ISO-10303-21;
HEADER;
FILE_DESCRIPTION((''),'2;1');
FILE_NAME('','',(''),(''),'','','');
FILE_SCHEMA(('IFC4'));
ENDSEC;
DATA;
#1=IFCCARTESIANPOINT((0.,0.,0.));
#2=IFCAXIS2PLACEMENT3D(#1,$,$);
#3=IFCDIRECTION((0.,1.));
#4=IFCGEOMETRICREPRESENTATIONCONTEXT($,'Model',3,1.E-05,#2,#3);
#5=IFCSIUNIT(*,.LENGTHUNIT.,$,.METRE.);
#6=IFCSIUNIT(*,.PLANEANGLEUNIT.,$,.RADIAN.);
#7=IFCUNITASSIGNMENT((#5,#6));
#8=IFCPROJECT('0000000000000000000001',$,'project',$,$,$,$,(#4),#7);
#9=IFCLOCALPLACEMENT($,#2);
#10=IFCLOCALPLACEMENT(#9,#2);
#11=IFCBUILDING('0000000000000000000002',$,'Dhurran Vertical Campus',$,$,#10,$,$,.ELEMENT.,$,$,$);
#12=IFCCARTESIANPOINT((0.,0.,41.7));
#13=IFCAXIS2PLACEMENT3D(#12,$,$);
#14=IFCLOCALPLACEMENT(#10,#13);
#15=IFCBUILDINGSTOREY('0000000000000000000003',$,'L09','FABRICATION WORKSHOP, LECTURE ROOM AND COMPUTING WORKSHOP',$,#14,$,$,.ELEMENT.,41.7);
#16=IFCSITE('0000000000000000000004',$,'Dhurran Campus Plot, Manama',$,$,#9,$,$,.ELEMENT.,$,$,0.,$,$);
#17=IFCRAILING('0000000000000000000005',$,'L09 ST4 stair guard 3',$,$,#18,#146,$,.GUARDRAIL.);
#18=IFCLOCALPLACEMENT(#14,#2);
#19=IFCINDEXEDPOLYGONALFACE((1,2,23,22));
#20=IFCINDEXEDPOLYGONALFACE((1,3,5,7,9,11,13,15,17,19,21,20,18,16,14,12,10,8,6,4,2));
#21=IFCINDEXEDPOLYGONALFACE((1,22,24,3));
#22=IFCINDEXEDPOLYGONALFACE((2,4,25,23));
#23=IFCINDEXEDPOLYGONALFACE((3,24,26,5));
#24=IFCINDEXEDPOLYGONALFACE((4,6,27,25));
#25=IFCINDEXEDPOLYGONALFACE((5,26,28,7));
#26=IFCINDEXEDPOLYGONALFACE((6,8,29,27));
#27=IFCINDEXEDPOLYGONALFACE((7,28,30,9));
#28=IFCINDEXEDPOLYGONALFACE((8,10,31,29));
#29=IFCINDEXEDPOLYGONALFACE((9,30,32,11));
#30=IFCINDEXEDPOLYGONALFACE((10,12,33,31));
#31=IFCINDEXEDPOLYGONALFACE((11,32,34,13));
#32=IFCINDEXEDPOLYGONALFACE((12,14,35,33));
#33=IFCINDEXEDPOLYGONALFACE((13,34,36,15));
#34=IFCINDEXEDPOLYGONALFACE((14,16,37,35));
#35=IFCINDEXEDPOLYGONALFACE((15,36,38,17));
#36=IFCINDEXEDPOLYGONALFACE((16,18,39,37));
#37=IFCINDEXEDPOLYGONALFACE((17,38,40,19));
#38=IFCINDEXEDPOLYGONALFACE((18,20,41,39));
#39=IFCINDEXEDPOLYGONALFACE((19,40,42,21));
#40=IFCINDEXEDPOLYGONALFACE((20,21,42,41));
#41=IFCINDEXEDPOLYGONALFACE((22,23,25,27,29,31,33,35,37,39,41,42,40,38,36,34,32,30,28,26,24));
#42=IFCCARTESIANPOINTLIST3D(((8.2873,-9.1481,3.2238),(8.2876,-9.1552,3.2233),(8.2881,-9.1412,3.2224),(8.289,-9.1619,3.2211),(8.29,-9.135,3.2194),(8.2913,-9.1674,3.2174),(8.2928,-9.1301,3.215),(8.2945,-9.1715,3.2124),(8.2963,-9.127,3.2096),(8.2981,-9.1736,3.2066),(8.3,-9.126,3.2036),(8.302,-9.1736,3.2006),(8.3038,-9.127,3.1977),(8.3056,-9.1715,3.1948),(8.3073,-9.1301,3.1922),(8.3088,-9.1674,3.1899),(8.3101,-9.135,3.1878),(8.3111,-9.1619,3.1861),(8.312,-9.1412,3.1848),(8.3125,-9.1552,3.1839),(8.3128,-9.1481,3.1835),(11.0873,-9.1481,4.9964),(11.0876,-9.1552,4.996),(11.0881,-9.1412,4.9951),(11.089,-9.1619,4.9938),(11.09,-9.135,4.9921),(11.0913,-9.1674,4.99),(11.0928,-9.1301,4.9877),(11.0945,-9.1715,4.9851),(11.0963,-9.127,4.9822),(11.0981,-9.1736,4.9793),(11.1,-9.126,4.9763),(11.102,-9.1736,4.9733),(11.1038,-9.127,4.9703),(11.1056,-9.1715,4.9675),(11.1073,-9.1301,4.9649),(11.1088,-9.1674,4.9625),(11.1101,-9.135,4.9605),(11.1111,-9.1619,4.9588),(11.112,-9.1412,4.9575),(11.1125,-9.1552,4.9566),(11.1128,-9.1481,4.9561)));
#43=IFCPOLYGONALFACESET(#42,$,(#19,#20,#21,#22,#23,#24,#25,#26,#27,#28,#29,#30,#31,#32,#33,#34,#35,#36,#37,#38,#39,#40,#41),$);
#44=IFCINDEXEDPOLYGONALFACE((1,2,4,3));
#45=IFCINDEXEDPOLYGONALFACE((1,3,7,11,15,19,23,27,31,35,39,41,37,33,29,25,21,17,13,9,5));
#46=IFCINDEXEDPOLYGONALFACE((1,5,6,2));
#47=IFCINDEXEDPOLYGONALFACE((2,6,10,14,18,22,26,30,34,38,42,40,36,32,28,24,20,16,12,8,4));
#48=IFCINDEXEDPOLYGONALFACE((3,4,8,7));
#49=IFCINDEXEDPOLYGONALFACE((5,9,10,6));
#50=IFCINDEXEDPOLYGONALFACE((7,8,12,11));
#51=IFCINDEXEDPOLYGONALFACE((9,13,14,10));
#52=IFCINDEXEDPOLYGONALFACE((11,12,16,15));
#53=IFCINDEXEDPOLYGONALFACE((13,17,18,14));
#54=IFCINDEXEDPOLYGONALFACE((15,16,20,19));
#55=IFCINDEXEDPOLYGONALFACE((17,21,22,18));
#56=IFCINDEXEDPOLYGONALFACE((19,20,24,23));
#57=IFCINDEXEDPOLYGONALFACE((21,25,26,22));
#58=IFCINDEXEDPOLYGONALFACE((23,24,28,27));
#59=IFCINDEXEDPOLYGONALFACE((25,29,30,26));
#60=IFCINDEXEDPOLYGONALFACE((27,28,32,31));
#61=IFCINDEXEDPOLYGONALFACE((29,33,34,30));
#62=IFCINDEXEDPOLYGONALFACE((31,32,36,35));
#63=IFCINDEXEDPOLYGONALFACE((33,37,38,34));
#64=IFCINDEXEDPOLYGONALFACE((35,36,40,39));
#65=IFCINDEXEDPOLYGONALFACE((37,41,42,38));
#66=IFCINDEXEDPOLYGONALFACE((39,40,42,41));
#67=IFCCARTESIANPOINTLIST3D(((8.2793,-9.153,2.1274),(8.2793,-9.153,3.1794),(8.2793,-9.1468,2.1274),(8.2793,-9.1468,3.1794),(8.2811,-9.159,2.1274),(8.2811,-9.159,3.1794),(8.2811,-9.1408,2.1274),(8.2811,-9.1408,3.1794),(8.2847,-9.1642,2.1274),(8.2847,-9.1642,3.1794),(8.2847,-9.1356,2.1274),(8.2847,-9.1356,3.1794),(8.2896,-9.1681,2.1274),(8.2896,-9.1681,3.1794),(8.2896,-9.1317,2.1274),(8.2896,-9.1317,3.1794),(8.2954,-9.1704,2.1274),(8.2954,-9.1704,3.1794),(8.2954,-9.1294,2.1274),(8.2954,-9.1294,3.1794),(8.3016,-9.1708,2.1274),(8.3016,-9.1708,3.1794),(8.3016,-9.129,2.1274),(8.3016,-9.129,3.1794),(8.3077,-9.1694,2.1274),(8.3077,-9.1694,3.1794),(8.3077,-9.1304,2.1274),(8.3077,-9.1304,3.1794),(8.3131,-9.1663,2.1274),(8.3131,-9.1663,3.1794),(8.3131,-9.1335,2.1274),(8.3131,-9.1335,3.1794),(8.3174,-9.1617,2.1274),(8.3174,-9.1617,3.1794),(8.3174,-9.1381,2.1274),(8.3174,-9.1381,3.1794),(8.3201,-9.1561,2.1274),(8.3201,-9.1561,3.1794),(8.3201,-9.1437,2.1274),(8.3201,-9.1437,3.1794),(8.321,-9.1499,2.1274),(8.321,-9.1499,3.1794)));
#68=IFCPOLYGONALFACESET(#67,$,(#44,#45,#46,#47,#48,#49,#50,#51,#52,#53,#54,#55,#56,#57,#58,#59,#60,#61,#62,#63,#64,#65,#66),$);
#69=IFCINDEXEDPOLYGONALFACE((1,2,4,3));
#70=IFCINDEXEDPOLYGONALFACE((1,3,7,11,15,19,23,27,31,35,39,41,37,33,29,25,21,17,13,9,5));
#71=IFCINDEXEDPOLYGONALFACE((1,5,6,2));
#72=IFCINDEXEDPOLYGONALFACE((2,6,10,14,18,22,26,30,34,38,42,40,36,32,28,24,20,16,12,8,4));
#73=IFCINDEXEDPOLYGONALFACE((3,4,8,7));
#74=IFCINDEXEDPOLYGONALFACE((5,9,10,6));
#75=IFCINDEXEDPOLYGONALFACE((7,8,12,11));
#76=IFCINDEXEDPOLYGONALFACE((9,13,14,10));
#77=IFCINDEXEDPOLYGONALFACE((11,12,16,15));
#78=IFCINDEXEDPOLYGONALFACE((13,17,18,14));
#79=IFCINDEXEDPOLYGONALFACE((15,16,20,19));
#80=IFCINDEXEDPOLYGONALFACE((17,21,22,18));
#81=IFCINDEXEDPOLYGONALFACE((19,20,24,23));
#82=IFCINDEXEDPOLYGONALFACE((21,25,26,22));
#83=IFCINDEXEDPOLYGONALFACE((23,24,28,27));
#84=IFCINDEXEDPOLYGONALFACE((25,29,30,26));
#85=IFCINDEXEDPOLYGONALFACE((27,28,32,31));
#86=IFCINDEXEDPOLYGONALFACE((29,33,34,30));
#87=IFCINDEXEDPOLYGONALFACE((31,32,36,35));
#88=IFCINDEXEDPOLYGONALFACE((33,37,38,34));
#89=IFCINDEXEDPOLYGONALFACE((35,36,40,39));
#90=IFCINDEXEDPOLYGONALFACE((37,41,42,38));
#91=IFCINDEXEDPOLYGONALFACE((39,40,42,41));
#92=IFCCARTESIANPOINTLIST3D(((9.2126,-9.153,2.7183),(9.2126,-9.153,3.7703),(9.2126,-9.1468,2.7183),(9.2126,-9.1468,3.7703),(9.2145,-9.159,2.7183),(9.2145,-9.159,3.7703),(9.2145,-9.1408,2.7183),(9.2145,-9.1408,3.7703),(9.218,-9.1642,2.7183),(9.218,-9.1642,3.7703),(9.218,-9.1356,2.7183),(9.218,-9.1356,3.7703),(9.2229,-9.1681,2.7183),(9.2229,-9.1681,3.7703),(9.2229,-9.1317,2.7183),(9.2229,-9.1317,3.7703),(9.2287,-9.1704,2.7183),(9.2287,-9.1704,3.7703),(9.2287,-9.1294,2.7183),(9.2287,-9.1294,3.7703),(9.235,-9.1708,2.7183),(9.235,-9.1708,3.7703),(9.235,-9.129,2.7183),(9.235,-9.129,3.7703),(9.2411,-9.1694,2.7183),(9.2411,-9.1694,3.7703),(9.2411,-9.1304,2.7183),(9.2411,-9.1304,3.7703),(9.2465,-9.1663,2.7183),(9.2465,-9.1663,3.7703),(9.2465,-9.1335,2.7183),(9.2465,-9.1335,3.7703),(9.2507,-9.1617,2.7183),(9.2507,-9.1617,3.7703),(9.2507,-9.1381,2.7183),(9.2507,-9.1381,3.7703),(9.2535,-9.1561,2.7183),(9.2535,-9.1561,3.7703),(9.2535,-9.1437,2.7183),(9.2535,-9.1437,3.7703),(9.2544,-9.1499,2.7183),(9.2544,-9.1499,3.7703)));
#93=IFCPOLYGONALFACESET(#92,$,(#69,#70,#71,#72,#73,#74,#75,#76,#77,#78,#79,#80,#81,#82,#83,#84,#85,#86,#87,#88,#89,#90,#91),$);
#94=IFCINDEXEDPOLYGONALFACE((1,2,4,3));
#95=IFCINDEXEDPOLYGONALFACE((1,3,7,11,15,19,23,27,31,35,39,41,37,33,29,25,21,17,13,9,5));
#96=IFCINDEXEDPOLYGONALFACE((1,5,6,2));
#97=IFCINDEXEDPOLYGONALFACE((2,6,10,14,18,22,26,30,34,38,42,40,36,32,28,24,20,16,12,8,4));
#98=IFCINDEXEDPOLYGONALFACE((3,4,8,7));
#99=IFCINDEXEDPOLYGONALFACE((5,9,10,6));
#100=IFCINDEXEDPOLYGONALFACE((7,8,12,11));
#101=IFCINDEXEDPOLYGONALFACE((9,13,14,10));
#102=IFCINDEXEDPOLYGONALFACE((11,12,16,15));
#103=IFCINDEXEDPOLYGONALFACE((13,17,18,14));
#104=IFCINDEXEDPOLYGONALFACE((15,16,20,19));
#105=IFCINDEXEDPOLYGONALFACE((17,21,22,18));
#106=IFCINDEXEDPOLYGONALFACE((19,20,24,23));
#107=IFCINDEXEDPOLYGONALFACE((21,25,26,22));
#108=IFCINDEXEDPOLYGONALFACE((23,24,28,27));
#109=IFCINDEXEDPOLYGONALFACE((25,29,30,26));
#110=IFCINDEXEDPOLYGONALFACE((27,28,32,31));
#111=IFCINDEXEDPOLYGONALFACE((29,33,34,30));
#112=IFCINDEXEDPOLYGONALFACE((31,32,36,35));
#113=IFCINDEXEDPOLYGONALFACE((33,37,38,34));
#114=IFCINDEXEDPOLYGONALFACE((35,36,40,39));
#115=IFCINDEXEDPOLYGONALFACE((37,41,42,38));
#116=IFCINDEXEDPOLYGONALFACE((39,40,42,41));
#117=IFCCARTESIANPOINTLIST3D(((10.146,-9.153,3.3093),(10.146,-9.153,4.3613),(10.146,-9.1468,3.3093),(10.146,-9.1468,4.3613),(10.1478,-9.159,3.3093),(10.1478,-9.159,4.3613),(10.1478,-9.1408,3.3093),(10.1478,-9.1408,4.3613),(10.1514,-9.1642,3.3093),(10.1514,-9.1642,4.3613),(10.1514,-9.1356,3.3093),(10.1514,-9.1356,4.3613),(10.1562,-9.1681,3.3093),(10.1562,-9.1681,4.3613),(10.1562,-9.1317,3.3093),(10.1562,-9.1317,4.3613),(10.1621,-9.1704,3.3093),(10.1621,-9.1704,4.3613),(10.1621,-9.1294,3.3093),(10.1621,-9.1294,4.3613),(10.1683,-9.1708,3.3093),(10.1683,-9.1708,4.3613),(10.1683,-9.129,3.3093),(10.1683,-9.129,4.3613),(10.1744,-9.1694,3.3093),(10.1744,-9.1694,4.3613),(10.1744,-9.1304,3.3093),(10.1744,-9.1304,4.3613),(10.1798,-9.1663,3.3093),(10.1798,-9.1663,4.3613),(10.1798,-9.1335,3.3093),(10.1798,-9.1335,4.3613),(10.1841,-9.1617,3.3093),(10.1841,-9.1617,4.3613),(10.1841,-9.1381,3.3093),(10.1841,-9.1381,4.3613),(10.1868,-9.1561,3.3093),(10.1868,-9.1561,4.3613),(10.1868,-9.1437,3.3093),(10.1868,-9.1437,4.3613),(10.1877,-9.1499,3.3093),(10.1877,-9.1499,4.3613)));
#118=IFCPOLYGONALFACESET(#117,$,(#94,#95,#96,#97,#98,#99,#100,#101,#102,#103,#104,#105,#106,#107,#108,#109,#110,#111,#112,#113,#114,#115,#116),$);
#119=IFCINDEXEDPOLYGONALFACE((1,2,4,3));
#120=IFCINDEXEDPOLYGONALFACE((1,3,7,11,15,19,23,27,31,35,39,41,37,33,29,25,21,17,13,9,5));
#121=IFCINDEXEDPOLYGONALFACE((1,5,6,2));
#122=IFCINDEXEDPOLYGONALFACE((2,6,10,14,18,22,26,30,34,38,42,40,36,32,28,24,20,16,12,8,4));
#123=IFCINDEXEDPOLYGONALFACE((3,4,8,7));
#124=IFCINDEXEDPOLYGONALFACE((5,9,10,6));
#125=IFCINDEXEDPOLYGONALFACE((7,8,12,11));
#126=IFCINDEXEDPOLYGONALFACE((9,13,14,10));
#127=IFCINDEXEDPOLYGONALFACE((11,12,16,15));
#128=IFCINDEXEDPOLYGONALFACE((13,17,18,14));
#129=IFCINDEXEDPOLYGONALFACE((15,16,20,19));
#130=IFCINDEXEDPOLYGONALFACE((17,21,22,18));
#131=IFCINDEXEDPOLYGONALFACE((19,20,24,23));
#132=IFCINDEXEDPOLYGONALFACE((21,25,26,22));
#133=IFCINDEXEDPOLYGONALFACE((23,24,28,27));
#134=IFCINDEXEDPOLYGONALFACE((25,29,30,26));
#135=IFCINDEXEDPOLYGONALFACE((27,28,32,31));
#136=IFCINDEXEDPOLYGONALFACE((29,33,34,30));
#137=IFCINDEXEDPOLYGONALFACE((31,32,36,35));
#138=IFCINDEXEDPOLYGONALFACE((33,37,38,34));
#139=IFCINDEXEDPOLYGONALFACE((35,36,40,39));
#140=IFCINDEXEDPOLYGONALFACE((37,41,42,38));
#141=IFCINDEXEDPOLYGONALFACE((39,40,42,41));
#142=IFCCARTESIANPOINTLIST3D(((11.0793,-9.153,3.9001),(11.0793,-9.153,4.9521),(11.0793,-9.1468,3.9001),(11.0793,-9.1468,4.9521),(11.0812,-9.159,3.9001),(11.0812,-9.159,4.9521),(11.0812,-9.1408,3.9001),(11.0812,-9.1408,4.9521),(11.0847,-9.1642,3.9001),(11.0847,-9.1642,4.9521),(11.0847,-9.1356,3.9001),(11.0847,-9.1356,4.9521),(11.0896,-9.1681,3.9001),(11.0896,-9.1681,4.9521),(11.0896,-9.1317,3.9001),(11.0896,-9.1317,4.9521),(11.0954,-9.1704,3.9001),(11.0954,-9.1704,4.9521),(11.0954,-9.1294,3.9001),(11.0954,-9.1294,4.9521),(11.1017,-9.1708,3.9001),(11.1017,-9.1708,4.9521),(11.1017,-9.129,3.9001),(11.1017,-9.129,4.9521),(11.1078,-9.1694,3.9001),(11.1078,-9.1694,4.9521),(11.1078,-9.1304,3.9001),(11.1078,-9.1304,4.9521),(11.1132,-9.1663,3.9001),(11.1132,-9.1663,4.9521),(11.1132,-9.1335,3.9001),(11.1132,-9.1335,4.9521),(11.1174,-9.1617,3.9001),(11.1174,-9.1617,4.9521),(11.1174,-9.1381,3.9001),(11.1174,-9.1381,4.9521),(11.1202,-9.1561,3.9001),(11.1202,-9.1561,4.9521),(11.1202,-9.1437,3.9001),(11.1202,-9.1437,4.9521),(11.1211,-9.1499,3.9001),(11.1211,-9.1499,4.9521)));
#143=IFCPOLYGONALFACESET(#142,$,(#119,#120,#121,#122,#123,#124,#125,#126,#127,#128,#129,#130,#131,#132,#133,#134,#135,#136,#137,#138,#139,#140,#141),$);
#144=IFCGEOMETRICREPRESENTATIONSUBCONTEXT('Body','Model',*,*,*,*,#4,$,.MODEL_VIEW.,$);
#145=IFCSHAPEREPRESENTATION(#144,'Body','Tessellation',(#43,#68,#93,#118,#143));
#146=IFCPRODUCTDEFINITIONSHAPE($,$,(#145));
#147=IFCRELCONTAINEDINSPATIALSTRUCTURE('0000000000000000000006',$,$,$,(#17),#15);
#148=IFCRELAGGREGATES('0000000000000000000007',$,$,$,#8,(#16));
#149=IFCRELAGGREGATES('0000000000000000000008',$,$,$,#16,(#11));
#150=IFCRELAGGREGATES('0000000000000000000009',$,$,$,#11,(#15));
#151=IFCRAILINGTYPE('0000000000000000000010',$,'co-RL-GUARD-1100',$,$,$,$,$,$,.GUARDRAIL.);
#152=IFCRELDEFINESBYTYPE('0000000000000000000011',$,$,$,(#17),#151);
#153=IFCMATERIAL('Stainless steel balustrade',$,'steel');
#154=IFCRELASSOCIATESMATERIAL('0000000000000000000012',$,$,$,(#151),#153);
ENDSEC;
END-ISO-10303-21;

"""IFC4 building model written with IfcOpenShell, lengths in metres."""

from ifc_helpers import new_model, si_unit, direction, frame, origin, origin_2d, place, context, subcontext, project, spatial, circle, extrude, material, type_object, element, save


model = new_model("IFC4")

# Units and contexts
model_context = context("Model", 3, precision=1e-05, world=origin(), true_north=direction((0.0, 1.0)))
body_context = subcontext(model_context, "Body", "Model", "MODEL_VIEW")
ifc_project = project(units=[si_unit("LENGTHUNIT", "METRE"), si_unit("PLANEANGLEUNIT", "RADIAN")], contexts=[model_context])

# Site, building, storey
site_placement = place(None, origin())
site = spatial("IfcSite", under=ifc_project, at=site_placement, Name="Dhurran Campus Plot, Manama", CompositionType="ELEMENT", RefElevation=0.0)
building_placement = place(site_placement, origin())
building = spatial("IfcBuilding", under=site, at=building_placement, Name="Dhurran Vertical Campus", CompositionType="ELEMENT")
storey_placement = place(building_placement, frame((0.0, 0.0, 41.7)))
storey = spatial("IfcBuildingStorey", under=building, at=storey_placement, Name="L09", Description="FABRICATION WORKSHOP, LECTURE ROOM AND COMPUTING WORKSHOP", CompositionType="ELEMENT", Elevation=41.7)

# Railing
ifc_material_1 = material(Name="Stainless steel balustrade", Category="steel")
railing_type_1 = type_object("IfcRailingType", Name="co-RL-GUARD-1100", PredefinedType="GUARDRAIL", material=ifc_material_1)
railing_1_placement = place(storey_placement, frame((8.3, -9.1499, 2.1274)))
element("IfcRailing", 1, at=railing_1_placement, inside=storey, type_object=railing_type_1, Name="L09 ST4 stair guard 3", PredefinedType="GUARDRAIL", context=body_context, shape_type="SweptSolid", body=[
    extrude(circle(Radius=0.0239, at=origin_2d()), frame((0.0, 0.0, 1.0762), z_axis=(0.844909, 0.0, 0.53491), x_axis=(0.0, 1.0, 0.0)), (0.0, 0.0, 1.0), 3.314),
    extrude(circle(Radius=0.021, at=origin_2d()), origin(), (0.0, 0.0, 1.0), 1.052),
    extrude(circle(Radius=0.021, at=origin_2d()), frame((0.9333, 0.0, 0.5908)), (0.0, 0.0, 1.0), 1.052),
    extrude(circle(Radius=0.021, at=origin_2d()), frame((1.8667, 0.0, 1.1819)), (0.0, 0.0, 1.0), 1.052),
    extrude(circle(Radius=0.021, at=origin_2d()), frame((2.8, 0.0, 1.7727)), (0.0, 0.0, 1.0), 1.052),
])

save(model, "model.ifc")
